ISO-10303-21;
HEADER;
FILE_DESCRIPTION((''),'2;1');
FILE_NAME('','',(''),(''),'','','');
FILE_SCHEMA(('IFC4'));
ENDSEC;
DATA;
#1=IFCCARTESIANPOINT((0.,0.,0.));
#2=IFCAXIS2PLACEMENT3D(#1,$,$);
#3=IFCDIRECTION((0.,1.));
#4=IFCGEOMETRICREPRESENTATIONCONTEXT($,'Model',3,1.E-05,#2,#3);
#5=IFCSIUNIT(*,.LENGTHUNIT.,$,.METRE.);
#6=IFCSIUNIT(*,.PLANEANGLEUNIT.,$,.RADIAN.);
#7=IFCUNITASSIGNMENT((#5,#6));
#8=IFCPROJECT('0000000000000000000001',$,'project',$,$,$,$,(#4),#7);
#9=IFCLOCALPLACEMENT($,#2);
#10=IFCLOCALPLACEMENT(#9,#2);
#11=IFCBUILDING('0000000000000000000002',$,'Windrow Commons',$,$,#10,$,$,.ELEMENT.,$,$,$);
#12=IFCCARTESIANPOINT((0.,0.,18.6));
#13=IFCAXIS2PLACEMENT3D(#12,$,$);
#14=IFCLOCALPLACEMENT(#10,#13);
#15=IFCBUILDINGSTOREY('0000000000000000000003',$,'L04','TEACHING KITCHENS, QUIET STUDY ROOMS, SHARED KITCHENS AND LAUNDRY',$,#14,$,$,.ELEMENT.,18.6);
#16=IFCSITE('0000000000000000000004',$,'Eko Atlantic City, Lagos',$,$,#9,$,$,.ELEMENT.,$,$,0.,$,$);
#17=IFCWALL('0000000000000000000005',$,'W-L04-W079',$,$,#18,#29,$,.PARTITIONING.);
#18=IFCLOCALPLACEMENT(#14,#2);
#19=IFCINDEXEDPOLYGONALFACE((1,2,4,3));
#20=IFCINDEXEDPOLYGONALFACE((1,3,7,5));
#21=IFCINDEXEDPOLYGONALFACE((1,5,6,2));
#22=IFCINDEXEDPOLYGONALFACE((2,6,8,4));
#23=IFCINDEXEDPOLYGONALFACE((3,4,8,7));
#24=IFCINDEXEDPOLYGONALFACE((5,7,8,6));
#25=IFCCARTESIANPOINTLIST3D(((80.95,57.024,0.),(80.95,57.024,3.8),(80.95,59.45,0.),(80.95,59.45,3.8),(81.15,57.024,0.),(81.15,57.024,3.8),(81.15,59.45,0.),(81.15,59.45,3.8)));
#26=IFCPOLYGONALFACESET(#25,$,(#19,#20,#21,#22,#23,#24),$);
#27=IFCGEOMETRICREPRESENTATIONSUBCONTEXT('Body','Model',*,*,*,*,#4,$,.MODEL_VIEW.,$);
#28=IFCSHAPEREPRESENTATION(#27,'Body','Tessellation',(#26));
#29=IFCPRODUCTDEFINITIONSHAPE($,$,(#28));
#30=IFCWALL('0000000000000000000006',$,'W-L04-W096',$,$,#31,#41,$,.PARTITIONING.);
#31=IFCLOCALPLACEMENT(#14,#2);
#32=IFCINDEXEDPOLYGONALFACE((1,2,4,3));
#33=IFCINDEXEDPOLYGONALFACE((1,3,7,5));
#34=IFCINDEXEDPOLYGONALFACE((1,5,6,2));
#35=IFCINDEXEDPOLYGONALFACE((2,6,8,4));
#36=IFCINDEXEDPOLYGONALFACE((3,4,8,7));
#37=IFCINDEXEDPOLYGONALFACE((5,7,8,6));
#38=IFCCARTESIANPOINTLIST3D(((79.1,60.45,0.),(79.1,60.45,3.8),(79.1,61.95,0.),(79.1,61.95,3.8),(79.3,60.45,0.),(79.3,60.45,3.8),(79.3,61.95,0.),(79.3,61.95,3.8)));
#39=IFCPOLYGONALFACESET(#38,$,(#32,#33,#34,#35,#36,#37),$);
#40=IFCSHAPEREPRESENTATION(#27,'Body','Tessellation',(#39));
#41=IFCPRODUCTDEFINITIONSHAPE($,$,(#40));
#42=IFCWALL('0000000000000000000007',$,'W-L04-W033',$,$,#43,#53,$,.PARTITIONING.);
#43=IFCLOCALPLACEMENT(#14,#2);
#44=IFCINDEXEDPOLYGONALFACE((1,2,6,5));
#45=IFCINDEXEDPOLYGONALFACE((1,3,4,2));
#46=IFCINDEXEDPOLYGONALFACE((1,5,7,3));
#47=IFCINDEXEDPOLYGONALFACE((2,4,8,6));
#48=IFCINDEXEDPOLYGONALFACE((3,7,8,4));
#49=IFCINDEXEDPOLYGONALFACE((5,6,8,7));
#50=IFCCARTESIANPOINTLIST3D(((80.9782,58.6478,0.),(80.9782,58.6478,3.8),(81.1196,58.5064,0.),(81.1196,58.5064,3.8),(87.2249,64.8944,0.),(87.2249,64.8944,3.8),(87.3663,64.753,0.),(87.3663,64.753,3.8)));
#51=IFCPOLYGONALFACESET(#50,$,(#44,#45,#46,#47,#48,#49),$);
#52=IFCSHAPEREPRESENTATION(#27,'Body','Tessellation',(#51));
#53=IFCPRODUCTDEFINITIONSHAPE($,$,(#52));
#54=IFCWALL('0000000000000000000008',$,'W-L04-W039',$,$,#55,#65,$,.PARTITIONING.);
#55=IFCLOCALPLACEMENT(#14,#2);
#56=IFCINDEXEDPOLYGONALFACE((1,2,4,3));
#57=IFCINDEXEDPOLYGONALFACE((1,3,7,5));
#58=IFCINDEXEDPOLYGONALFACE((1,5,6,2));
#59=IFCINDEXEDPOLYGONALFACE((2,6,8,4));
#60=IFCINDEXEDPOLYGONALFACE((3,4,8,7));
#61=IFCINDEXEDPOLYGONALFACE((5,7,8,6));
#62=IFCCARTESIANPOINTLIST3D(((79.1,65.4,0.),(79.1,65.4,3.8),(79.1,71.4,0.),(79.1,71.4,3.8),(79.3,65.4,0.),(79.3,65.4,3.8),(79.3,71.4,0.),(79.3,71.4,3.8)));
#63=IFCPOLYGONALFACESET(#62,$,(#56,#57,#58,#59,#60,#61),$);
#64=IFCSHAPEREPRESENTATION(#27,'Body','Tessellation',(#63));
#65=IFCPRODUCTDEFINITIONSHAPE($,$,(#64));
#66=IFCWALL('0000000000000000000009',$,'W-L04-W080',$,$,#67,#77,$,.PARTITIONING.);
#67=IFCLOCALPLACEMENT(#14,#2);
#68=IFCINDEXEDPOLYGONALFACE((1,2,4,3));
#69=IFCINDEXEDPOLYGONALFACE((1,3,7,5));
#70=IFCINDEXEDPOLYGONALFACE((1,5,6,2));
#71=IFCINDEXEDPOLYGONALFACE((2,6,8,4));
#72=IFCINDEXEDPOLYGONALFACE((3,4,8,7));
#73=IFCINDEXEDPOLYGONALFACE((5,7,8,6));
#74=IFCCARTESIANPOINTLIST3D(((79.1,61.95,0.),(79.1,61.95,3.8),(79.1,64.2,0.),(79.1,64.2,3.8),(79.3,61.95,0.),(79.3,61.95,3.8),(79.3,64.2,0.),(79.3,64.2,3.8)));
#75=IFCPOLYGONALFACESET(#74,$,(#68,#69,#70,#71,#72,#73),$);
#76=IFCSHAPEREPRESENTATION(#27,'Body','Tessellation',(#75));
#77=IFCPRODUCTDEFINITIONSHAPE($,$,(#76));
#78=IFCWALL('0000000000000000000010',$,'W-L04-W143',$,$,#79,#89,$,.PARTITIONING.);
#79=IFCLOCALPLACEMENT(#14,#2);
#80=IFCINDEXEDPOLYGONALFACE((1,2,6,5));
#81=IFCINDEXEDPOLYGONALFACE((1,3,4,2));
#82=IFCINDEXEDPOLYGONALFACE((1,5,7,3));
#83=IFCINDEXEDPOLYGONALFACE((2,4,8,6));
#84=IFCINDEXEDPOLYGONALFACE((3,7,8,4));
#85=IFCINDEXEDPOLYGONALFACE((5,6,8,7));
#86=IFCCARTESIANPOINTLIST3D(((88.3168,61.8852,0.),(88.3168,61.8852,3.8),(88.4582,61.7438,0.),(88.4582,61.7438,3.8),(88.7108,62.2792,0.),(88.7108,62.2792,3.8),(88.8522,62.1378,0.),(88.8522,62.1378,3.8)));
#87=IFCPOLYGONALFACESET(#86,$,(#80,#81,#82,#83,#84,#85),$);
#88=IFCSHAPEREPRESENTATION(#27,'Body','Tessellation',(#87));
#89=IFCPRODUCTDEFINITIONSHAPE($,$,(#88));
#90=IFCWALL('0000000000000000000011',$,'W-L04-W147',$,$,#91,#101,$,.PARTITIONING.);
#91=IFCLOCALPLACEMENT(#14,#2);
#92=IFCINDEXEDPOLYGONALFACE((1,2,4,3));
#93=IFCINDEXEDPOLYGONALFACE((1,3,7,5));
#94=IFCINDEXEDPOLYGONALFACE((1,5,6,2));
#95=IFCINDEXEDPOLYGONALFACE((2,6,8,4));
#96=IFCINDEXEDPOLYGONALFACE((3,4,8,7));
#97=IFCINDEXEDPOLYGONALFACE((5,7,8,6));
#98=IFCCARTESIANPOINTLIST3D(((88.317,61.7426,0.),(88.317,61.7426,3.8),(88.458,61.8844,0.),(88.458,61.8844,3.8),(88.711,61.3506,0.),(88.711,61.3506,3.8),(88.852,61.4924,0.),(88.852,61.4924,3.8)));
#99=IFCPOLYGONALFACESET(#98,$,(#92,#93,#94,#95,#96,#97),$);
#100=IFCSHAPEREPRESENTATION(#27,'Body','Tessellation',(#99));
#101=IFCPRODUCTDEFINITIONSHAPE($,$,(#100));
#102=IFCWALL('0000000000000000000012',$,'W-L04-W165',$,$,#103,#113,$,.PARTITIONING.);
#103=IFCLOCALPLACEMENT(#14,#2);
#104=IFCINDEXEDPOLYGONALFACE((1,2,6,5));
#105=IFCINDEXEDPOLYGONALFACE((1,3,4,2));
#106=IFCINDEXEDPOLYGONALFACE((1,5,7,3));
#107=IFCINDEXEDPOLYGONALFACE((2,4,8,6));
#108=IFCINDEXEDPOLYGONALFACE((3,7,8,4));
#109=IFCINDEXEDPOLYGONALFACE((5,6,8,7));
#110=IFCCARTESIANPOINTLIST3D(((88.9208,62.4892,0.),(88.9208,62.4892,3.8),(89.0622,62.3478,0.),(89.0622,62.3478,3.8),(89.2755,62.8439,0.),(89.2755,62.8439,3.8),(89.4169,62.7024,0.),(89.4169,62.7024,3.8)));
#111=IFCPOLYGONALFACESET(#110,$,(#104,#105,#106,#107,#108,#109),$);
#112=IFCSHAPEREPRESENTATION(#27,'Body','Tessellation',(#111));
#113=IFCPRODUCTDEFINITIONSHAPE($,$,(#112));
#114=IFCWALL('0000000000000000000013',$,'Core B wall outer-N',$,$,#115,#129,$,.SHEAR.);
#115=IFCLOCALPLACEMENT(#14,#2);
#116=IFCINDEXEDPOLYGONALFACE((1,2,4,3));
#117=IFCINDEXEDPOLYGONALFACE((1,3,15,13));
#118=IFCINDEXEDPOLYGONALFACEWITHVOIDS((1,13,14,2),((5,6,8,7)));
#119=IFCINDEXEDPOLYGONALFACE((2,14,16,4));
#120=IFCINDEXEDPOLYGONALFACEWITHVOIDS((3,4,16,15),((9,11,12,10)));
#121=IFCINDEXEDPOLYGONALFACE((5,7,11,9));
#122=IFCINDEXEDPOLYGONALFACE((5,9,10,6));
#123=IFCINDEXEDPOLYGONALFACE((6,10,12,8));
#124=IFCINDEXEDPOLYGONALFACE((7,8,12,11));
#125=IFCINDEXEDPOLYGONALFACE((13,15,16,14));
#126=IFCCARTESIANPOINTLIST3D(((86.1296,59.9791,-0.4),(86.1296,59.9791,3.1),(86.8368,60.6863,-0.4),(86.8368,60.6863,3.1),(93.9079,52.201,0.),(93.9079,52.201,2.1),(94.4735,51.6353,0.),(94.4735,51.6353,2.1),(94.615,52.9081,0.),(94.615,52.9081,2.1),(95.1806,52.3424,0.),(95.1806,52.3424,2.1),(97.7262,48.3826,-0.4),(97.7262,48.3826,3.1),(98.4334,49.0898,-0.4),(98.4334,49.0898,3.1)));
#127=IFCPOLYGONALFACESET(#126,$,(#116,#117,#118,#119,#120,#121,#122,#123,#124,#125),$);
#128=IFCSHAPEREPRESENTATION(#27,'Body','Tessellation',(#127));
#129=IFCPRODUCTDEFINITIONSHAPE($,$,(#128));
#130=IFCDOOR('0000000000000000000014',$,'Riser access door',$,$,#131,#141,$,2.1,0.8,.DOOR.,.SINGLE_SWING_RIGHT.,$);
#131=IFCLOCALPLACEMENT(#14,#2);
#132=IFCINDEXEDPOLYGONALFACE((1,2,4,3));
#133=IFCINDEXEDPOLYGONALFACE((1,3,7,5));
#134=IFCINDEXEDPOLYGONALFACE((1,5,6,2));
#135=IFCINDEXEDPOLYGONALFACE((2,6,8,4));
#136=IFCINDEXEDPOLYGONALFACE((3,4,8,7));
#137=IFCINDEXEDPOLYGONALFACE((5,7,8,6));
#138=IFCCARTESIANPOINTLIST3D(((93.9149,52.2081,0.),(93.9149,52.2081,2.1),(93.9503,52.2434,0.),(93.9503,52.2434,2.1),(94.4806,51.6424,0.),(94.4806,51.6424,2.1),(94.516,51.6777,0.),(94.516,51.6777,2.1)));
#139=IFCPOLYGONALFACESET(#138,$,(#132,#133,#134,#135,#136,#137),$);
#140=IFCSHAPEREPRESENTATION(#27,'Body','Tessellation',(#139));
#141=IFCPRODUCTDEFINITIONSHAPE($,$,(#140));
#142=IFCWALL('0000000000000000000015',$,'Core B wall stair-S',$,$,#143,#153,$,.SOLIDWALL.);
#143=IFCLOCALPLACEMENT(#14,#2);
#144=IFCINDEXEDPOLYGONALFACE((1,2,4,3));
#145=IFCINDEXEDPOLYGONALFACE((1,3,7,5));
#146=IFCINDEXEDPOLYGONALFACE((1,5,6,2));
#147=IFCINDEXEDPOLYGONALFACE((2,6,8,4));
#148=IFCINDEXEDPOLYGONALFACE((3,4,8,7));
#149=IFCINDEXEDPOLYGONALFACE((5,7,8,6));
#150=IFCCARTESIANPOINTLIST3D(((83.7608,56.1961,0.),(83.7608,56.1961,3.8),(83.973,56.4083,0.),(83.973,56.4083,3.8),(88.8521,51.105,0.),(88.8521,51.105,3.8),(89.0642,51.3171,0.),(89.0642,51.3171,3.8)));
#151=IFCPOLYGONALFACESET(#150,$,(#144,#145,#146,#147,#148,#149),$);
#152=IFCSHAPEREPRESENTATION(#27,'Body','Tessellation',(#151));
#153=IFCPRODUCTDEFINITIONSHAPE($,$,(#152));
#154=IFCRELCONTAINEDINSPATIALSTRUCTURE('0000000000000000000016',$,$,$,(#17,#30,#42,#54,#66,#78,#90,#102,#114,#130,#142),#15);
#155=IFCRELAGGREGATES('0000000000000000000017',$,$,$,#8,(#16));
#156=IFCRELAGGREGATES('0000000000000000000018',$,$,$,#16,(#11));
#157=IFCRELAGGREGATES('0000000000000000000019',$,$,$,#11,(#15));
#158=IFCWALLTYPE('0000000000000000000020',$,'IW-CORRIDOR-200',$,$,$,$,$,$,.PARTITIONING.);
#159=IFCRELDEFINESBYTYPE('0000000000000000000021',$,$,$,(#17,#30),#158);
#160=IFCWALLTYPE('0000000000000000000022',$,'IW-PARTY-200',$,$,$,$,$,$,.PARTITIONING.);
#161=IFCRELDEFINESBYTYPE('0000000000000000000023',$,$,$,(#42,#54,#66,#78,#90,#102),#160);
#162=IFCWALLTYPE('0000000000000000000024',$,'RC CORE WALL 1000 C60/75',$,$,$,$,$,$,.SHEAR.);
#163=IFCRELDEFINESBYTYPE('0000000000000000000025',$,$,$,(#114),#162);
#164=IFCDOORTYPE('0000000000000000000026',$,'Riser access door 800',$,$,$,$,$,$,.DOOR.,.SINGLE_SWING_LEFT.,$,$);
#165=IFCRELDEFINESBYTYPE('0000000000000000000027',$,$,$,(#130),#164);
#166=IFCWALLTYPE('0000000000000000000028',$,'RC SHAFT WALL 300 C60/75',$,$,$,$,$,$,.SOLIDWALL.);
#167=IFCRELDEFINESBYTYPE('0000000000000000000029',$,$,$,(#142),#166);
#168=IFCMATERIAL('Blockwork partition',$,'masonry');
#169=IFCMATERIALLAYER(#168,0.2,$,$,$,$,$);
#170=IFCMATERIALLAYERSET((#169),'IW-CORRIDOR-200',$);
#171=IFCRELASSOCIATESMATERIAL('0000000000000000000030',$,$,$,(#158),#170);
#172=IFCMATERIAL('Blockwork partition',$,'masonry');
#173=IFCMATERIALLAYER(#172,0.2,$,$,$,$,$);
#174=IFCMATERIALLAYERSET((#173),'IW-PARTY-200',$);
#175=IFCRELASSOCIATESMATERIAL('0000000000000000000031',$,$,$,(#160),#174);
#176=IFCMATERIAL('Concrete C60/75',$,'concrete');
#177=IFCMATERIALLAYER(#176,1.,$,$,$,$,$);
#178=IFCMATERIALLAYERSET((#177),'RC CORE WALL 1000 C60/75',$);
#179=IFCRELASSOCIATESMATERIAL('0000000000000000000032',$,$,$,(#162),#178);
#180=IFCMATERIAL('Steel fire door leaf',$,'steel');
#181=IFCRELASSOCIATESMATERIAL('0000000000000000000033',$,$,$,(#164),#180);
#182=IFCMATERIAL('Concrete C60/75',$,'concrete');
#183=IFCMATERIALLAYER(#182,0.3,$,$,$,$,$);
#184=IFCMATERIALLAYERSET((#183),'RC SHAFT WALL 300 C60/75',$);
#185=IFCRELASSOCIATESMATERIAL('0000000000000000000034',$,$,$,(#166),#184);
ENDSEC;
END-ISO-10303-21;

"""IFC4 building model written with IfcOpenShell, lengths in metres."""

from ifc_helpers import new_model, si_unit, direction, frame, frame_2d, origin, place, context, subcontext, project, spatial, rectangle, extrude, material, layer, layer_set, type_object, element, fill, save


model = new_model("IFC4")

# Units and contexts
model_context = context("Model", 3, precision=1e-05, world=origin(), true_north=direction((0.0, 1.0)))
body_context = subcontext(model_context, "Body", "Model", "MODEL_VIEW")
ifc_project = project(units=[si_unit("LENGTHUNIT", "METRE"), si_unit("PLANEANGLEUNIT", "RADIAN")], contexts=[model_context])

# Site, building, storey
site_placement = place(None, origin())
site = spatial("IfcSite", under=ifc_project, at=site_placement, Name="Eko Atlantic City, Lagos", CompositionType="ELEMENT", RefElevation=0.0)
building_placement = place(site_placement, origin())
building = spatial("IfcBuilding", under=site, at=building_placement, Name="Windrow Commons", CompositionType="ELEMENT")
storey_placement = place(building_placement, frame((0.0, 0.0, 18.6)))
storey = spatial("IfcBuildingStorey", under=building, at=storey_placement, Name="L04", Description="TEACHING KITCHENS, QUIET STUDY ROOMS, SHARED KITCHENS AND LAUNDRY", CompositionType="ELEMENT", Elevation=18.6)

# Shared definitions
ifc_material_1 = material(Name="Blockwork partition", Category="masonry")
ifc_layer_1 = layer(ifc_material_1, 0.2)
ifc_layer_set_1 = layer_set([ifc_layer_1], Name="IW-CORRIDOR-200")
wall_type_1 = type_object("IfcWallType", Name="IW-CORRIDOR-200", PredefinedType="PARTITIONING", material=ifc_layer_set_1)

# Walls
wall_1_placement = place(storey_placement, frame((81.05, 57.024, 0.0), z_axis=(0.0, 0.0, 1.0), x_axis=(0.0, 1.0, 0.0)))
element("IfcWall", 1, at=wall_1_placement, inside=storey, type_object=wall_type_1, Name="W-L04-W079", PredefinedType="PARTITIONING", context=body_context, shape_type="SweptSolid", body=[
    extrude(rectangle(XDim=2.426, YDim=0.2, at=frame_2d((1.213, 0.0))), origin(), (0.0, 0.0, 1.0), 3.8),
])
wall_2_placement = place(storey_placement, frame((79.2, 60.45, 0.0), z_axis=(0.0, 0.0, 1.0), x_axis=(0.0, 1.0, 0.0)))
element("IfcWall", 2, at=wall_2_placement, inside=storey, type_object=wall_type_1, Name="W-L04-W096", PredefinedType="PARTITIONING", context=body_context, shape_type="SweptSolid", body=[
    extrude(rectangle(XDim=1.5, YDim=0.2, at=frame_2d((0.75, 0.0))), origin(), (0.0, 0.0, 1.0), 3.8),
])
ifc_material_2 = material(Name="Blockwork partition", Category="masonry")
ifc_layer_2 = layer(ifc_material_2, 0.2)
ifc_layer_set_2 = layer_set([ifc_layer_2], Name="IW-PARTY-200")
wall_type_2 = type_object("IfcWallType", Name="IW-PARTY-200", PredefinedType="PARTITIONING", material=ifc_layer_set_2)
wall_3_placement = place(storey_placement, frame((81.0489, 58.5771, 0.0), z_axis=(0.0, 0.0, 1.0), x_axis=(0.707112, 0.707101, 0.0)))
element("IfcWall", 3, at=wall_3_placement, inside=storey, type_object=wall_type_2, Name="W-L04-W033", PredefinedType="PARTITIONING", context=body_context, shape_type="SweptSolid", body=[
    extrude(rectangle(XDim=8.8341, YDim=0.2, at=frame_2d((4.417, 0.0))), origin(), (0.0, 0.0, 1.0), 3.8),
])
wall_4_placement = place(storey_placement, frame((79.2, 65.4, 0.0), z_axis=(0.0, 0.0, 1.0), x_axis=(0.0, 1.0, 0.0)))
element("IfcWall", 4, at=wall_4_placement, inside=storey, type_object=wall_type_2, Name="W-L04-W039", PredefinedType="PARTITIONING", context=body_context, shape_type="SweptSolid", body=[
    extrude(rectangle(XDim=6.0, YDim=0.2, at=frame_2d((3.0, 0.0))), origin(), (0.0, 0.0, 1.0), 3.8),
])
wall_5_placement = place(storey_placement, frame((79.2, 61.95, 0.0), z_axis=(0.0, 0.0, 1.0), x_axis=(0.0, 1.0, 0.0)))
element("IfcWall", 5, at=wall_5_placement, inside=storey, type_object=wall_type_2, Name="W-L04-W080", PredefinedType="PARTITIONING", context=body_context, shape_type="SweptSolid", body=[
    extrude(rectangle(XDim=2.25, YDim=0.2, at=frame_2d((1.125, 0.0))), origin(), (0.0, 0.0, 1.0), 3.8),
])
wall_6_placement = place(storey_placement, frame((88.3875, 61.8145, 0.0), z_axis=(0.0, 0.0, 1.0), x_axis=(0.707107, 0.707107, 0.0)))
element("IfcWall", 6, at=wall_6_placement, inside=storey, type_object=wall_type_2, Name="W-L04-W143", PredefinedType="PARTITIONING", context=body_context, shape_type="SweptSolid", body=[
    extrude(rectangle(XDim=0.5572, YDim=0.2, at=frame_2d((0.2786, 0.0))), origin(), (0.0, 0.0, 1.0), 3.8),
])
wall_7_placement = place(storey_placement, frame((88.3875, 61.8135, 0.0), z_axis=(0.0, 0.0, 1.0), x_axis=(0.708904, -0.705305, 0.0)))
element("IfcWall", 7, at=wall_7_placement, inside=storey, type_object=wall_type_2, Name="W-L04-W147", PredefinedType="PARTITIONING", context=body_context, shape_type="SweptSolid", body=[
    extrude(rectangle(XDim=0.5558, YDim=0.2, at=frame_2d((0.2779, 0.0))), origin(), (0.0, 0.0, 1.0), 3.8),
])
wall_8_placement = place(storey_placement, frame((88.9915, 62.4185, 0.0), z_axis=(0.0, 0.0, 1.0), x_axis=(0.707206, 0.707007, 0.0)))
element("IfcWall", 8, at=wall_8_placement, inside=storey, type_object=wall_type_2, Name="W-L04-W165", PredefinedType="PARTITIONING", context=body_context, shape_type="SweptSolid", body=[
    extrude(rectangle(XDim=0.5016, YDim=0.2, at=frame_2d((0.2508, 0.0))), origin(), (0.0, 0.0, 1.0), 3.8),
])

# Wall, opening, door
ifc_material_3 = material(Name="Concrete C60/75", Category="concrete")
ifc_layer_3 = layer(ifc_material_3, 1.0)
ifc_layer_set_3 = layer_set([ifc_layer_3], Name="RC CORE WALL 1000 C60/75")
wall_type_3 = type_object("IfcWallType", Name="RC CORE WALL 1000 C60/75", PredefinedType="SHEAR", material=ifc_layer_set_3)
wall_9_placement = place(storey_placement, frame((86.4832, 60.3327, -0.4), z_axis=(0.0, 0.0, 1.0), x_axis=(0.70711, -0.707104, 0.0)))
wall_9 = element("IfcWall", 9, at=wall_9_placement, inside=storey, type_object=wall_type_3, Name="Core B wall outer-N", PredefinedType="SHEAR", context=body_context, shape_type="SweptSolid", body=[
    extrude(rectangle(XDim=16.4, YDim=1.0, at=frame_2d((8.2, 0.0))), origin(), (0.0, 0.0, 1.0), 3.5),
])
opening_1_placement = place(wall_9_placement, frame((11.0, 0.0, 0.4)))
opening_1 = element("IfcOpeningElement", 10, at=opening_1_placement, cuts=wall_9, PredefinedType="OPENING", context=body_context, shape_type="SweptSolid", body=[
    extrude(rectangle(XDim=0.8, YDim=2.1, at=frame_2d((0.4, 1.05))), frame((0.0, 0.51, 0.0), z_axis=(0.0, -1.0, 0.0), x_axis=(1.0, 0.0, 0.0)), (0.0, 0.0, 1.0), 1.02),
])
ifc_material_4 = material(Name="Steel fire door leaf", Category="steel")
door_type_1 = type_object("IfcDoorType", Name="Riser access door 800", OperationType="SINGLE_SWING_LEFT", PredefinedType="DOOR", material=ifc_material_4)
door_1_placement = place(opening_1_placement, origin())
door_1 = element("IfcDoor", 11, at=door_1_placement, inside=storey, type_object=door_type_1, Name="Riser access door", OperationType="SINGLE_SWING_RIGHT", OverallHeight=2.1, OverallWidth=0.8, PredefinedType="DOOR", context=body_context, shape_type="SweptSolid", body=[
    extrude(rectangle(XDim=0.8, YDim=2.1, at=frame_2d((0.4, 1.05))), frame((0.0, -0.44, 0.0), z_axis=(0.0, -1.0, 0.0), x_axis=(1.0, 0.0, 0.0)), (0.0, 0.0, 1.0), 0.05),
])
fill(opening_1, door_1)

# Wall
ifc_material_5 = material(Name="Concrete C60/75", Category="concrete")
ifc_layer_4 = layer(ifc_material_5, 0.3)
ifc_layer_set_4 = layer_set([ifc_layer_4], Name="RC SHAFT WALL 300 C60/75")
wall_type_4 = type_object("IfcWallType", Name="RC SHAFT WALL 300 C60/75", PredefinedType="SOLIDWALL", material=ifc_layer_set_4)
wall_10_placement = place(storey_placement, frame((83.8669, 56.3022, 0.0), z_axis=(0.0, 0.0, 1.0), x_axis=(0.707114, -0.7071, 0.0)))
element("IfcWall", 12, at=wall_10_placement, inside=storey, type_object=wall_type_4, Name="Core B wall stair-S", PredefinedType="SOLIDWALL", context=body_context, shape_type="SweptSolid", body=[
    extrude(rectangle(XDim=7.2, YDim=0.3, at=frame_2d((3.6, 0.0))), origin(), (0.0, 0.0, 1.0), 3.8),
])

save(model, "model.ifc")
